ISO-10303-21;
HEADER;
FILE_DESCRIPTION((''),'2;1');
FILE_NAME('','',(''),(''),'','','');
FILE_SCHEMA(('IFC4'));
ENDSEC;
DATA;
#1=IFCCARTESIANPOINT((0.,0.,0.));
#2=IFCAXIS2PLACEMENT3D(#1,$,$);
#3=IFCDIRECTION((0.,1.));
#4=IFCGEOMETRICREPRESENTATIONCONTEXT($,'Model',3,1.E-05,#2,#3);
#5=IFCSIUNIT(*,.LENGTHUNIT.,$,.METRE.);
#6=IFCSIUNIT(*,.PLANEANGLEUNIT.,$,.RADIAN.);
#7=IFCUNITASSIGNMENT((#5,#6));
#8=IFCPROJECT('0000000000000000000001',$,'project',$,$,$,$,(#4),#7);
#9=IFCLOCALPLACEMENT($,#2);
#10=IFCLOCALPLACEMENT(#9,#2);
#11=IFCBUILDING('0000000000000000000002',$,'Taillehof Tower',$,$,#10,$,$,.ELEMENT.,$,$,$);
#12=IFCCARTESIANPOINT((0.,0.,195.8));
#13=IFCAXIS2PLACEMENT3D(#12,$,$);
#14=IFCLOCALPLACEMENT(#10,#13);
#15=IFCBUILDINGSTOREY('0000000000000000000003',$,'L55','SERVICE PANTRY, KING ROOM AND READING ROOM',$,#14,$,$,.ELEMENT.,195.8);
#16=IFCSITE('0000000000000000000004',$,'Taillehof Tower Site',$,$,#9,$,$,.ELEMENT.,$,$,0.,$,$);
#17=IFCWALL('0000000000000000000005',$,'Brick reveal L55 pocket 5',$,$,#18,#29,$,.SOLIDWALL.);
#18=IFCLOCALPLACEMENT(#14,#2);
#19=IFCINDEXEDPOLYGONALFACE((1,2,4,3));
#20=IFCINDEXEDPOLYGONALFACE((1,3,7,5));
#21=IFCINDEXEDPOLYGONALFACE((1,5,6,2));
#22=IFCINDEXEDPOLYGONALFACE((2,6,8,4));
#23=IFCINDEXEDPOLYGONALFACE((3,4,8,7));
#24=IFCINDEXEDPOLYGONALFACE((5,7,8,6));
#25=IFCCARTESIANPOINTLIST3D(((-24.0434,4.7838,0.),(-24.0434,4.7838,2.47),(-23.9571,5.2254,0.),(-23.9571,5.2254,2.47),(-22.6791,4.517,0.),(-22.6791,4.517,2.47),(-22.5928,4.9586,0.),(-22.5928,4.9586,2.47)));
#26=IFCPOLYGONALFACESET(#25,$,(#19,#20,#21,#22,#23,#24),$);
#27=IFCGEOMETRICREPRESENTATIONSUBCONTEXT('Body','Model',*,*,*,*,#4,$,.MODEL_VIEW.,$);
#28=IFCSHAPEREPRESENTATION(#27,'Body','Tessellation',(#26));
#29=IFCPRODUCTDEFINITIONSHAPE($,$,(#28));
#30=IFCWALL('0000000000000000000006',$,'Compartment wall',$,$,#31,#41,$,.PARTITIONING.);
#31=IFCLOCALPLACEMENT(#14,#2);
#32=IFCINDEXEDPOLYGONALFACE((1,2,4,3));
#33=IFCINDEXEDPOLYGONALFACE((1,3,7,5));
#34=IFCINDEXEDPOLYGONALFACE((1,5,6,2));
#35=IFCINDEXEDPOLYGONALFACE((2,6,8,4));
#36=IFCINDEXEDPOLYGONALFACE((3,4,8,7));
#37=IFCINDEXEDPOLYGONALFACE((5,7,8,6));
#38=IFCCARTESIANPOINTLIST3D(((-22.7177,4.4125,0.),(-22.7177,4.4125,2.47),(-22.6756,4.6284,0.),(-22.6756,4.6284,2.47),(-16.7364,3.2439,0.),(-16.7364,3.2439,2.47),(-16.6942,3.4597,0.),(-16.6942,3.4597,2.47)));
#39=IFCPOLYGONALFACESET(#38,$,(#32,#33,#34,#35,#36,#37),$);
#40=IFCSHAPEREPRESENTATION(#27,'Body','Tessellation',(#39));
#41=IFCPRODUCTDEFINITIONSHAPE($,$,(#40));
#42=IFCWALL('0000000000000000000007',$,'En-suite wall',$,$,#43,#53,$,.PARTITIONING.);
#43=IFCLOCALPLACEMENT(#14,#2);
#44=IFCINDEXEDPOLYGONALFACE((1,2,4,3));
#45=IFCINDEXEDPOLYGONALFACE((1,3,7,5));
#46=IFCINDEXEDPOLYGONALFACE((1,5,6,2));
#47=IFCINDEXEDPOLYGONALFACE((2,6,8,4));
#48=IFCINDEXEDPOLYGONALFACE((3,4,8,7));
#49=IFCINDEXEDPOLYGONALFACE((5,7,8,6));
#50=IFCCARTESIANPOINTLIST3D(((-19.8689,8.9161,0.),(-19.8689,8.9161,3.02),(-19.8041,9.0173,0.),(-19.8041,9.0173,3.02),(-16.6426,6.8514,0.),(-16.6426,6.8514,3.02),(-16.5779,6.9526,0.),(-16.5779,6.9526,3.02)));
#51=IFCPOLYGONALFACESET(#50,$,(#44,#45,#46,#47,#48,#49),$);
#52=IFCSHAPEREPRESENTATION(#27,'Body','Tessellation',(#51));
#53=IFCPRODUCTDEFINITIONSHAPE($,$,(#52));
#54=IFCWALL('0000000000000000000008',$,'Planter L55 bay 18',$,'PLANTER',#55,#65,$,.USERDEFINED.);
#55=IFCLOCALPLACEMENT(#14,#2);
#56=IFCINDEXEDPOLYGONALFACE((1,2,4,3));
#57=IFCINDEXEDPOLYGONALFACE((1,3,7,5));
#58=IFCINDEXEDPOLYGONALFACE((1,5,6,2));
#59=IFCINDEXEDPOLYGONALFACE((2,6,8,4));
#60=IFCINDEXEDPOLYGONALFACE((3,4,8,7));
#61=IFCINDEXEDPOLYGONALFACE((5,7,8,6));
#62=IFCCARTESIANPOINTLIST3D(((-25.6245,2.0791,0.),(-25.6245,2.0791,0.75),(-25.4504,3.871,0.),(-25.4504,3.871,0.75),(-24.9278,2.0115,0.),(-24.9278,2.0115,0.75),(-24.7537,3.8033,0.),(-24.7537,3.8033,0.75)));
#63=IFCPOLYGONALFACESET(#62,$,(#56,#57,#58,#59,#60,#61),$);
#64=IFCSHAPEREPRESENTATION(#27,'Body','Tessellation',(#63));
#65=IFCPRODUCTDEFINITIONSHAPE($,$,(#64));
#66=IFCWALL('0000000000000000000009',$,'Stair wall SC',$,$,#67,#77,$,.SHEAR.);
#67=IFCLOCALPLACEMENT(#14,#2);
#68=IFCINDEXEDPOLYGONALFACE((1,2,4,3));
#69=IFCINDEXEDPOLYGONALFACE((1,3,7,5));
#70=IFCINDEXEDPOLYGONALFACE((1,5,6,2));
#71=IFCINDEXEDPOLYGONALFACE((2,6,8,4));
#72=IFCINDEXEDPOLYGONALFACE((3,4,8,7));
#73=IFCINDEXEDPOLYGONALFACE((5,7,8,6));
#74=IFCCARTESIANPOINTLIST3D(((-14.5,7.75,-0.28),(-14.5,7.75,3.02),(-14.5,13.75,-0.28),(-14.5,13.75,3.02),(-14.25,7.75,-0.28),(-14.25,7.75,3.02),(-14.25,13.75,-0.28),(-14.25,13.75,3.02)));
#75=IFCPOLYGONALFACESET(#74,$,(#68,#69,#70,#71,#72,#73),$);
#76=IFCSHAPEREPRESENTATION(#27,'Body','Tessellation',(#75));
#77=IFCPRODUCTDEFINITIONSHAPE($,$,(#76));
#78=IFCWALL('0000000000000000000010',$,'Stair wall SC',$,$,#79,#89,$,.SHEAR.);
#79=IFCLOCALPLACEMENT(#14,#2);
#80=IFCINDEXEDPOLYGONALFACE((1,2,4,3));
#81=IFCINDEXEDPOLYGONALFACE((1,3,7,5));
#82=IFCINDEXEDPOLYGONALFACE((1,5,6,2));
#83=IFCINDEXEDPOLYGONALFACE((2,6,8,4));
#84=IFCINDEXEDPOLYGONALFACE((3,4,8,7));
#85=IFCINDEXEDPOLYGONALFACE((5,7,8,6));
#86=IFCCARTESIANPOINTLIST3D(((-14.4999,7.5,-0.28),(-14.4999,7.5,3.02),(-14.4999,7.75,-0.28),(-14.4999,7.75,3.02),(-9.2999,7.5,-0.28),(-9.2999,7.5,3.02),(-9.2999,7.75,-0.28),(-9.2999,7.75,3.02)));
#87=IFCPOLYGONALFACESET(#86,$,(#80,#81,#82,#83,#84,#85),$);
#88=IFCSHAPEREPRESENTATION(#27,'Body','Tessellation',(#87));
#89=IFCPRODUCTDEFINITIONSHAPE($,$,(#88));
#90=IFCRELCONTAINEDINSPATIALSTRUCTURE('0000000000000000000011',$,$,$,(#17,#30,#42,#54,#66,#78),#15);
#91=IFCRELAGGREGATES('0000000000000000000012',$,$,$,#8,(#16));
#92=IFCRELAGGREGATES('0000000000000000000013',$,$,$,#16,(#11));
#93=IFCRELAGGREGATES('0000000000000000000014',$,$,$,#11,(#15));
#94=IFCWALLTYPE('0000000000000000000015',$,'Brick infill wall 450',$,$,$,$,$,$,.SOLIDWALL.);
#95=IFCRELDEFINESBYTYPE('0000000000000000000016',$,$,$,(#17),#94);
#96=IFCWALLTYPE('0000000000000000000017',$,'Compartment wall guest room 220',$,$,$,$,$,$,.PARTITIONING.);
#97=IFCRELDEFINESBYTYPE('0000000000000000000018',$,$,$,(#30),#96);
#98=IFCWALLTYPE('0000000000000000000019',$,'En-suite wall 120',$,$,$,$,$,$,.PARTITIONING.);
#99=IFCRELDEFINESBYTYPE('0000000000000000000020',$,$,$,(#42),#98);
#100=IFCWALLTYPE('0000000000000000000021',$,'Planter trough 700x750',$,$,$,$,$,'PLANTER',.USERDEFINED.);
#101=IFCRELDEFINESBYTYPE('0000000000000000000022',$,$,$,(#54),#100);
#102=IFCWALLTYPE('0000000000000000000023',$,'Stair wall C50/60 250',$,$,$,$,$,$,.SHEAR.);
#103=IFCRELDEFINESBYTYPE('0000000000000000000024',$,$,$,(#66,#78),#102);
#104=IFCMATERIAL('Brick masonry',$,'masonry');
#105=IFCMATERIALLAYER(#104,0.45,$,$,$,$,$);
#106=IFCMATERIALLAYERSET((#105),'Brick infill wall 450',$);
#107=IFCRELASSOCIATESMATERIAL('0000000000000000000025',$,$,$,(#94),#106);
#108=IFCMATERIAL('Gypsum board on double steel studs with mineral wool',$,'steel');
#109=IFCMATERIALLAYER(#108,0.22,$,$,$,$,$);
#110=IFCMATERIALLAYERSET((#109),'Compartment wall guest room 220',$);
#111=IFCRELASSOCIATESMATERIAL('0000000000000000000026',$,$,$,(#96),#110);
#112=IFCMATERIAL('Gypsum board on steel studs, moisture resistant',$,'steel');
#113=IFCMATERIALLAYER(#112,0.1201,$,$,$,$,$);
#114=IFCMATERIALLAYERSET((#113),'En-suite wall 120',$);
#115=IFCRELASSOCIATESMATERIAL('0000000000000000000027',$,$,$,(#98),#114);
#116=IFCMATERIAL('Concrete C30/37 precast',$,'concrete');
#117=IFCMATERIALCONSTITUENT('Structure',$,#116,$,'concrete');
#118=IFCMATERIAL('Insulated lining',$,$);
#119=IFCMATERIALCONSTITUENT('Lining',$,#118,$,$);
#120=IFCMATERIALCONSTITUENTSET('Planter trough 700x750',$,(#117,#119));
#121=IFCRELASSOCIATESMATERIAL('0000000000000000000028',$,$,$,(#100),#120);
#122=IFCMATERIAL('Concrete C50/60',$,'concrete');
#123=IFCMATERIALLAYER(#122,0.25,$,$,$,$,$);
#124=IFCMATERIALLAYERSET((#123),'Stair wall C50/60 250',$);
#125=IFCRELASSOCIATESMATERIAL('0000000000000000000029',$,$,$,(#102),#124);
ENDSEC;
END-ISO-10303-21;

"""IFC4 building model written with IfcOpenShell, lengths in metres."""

from ifc_helpers import new_model, si_unit, direction, frame, frame_2d, origin, place, context, subcontext, project, spatial, rectangle, extrude, material, layer, layer_set, constituent, constituent_set, type_object, element, save


model = new_model("IFC4")

# Units and contexts
model_context = context("Model", 3, precision=1e-05, world=origin(), true_north=direction((0.0, 1.0)))
body_context = subcontext(model_context, "Body", "Model", "MODEL_VIEW")
ifc_project = project(units=[si_unit("LENGTHUNIT", "METRE"), si_unit("PLANEANGLEUNIT", "RADIAN")], contexts=[model_context])

# Site, building, storey
site_placement = place(None, origin())
site = spatial("IfcSite", under=ifc_project, at=site_placement, Name="Taillehof Tower Site", CompositionType="ELEMENT", RefElevation=0.0)
building_placement = place(site_placement, origin())
building = spatial("IfcBuilding", under=site, at=building_placement, Name="Taillehof Tower", CompositionType="ELEMENT")
storey_placement = place(building_placement, frame((0.0, 0.0, 195.8)))
storey = spatial("IfcBuildingStorey", under=building, at=storey_placement, Name="L55", Description="SERVICE PANTRY, KING ROOM AND READING ROOM", CompositionType="ELEMENT", Elevation=195.8)

# Shared definitions
ifc_material_1 = material(Name="Brick masonry", Category="masonry")
ifc_layer_1 = layer(ifc_material_1, 0.45)
ifc_layer_set_1 = layer_set([ifc_layer_1], Name="Brick infill wall 450")
wall_type_1 = type_object("IfcWallType", Name="Brick infill wall 450", PredefinedType="SOLIDWALL", material=ifc_layer_set_1)

# Wall
wall_1_placement = place(storey_placement, frame((-24.0002, 5.0046, 0.0), z_axis=(0.0, 0.0, 1.0), x_axis=(0.981403, -0.19196, 0.0)))
element("IfcWall", 1, at=wall_1_placement, inside=storey, type_object=wall_type_1, Name="Brick reveal L55 pocket 5", PredefinedType="SOLIDWALL", context=body_context, shape_type="SweptSolid", body=[
    extrude(rectangle(XDim=1.3901, YDim=0.45, at=frame_2d((0.6951, 0.0))), origin(), (0.0, 0.0, 1.0), 2.47),
])

# Walls
ifc_material_2 = material(Name="Gypsum board on double steel studs with mineral wool", Category="steel")
ifc_layer_2 = layer(ifc_material_2, 0.22)
ifc_layer_set_2 = layer_set([ifc_layer_2], Name="Compartment wall guest room 220")
wall_type_2 = type_object("IfcWallType", Name="Compartment wall guest room 220", PredefinedType="PARTITIONING", material=ifc_layer_set_2)
wall_2_placement = place(storey_placement, frame((-22.6968, 4.5205, 0.0), z_axis=(0.0, 0.0, 1.0), x_axis=(0.981442, -0.191762, 0.0)))
element("IfcWall", 2, at=wall_2_placement, inside=storey, type_object=wall_type_2, Name="Compartment wall", PredefinedType="PARTITIONING", context=body_context, shape_type="SweptSolid", body=[
    extrude(rectangle(XDim=6.0945, YDim=0.22, at=frame_2d((3.0474, 0.0))), origin(), (0.0, 0.0, 1.0), 2.47),
])
ifc_material_3 = material(Name="Gypsum board on steel studs, moisture resistant", Category="steel")
ifc_layer_3 = layer(ifc_material_3, 0.1201)
ifc_layer_set_3 = layer_set([ifc_layer_3], Name="En-suite wall 120")
wall_type_3 = type_object("IfcWallType", Name="En-suite wall 120", PredefinedType="PARTITIONING", material=ifc_layer_set_3)
wall_3_placement = place(storey_placement, frame((-16.6104, 6.9021, 0.0), z_axis=(0.0, 0.0, 1.0), x_axis=(-0.842289, 0.539027, 0.0)))
element("IfcWall", 3, at=wall_3_placement, inside=storey, type_object=wall_type_3, Name="En-suite wall", PredefinedType="PARTITIONING", context=body_context, shape_type="SweptSolid", body=[
    extrude(rectangle(XDim=3.8303, YDim=0.1201, at=frame_2d((1.915, 0.0))), origin(), (0.0, 0.0, 1.0), 3.02),
])
ifc_material_4 = material(Name="Concrete C30/37 precast", Category="concrete")
ifc_constituent_1 = constituent(ifc_material_4, Name="Structure", Category="concrete")
ifc_material_5 = material(Name="Insulated lining")
ifc_constituent_2 = constituent(ifc_material_5, Name="Lining")
ifc_constituent_set = constituent_set(constituents=[ifc_constituent_1, ifc_constituent_2], Name="Planter trough 700x750")
wall_type_4 = type_object("IfcWallType", Name="Planter trough 700x750", ElementType="PLANTER", PredefinedType="USERDEFINED", material=ifc_constituent_set)
wall_4_placement = place(storey_placement, frame((-25.1021, 3.8372, 0.0), z_axis=(0.0, 0.0, 1.0), x_axis=(-0.096697, -0.995314, 0.0)))
element("IfcWall", 4, at=wall_4_placement, inside=storey, type_object=wall_type_4, Name="Planter L55 bay 18", ObjectType="PLANTER", PredefinedType="USERDEFINED", context=body_context, shape_type="SweptSolid", body=[
    extrude(rectangle(XDim=1.8003, YDim=0.7, at=frame_2d((0.9001, 0.0))), origin(), (0.0, 0.0, 1.0), 0.75),
])
ifc_material_6 = material(Name="Concrete C50/60", Category="concrete")
ifc_layer_4 = layer(ifc_material_6, 0.25)
ifc_layer_set_4 = layer_set([ifc_layer_4], Name="Stair wall C50/60 250")
wall_type_5 = type_object("IfcWallType", Name="Stair wall C50/60 250", PredefinedType="SHEAR", material=ifc_layer_set_4)
wall_5_placement = place(storey_placement, frame((-14.375, 7.75, -0.28), z_axis=(0.0, 0.0, 1.0), x_axis=(0.0, 1.0, 0.0)))
element("IfcWall", 5, at=wall_5_placement, inside=storey, type_object=wall_type_5, Name="Stair wall SC", PredefinedType="SHEAR", context=body_context, shape_type="SweptSolid", body=[
    extrude(rectangle(XDim=6.0, YDim=0.25, at=frame_2d((3.0, 0.0))), origin(), (0.0, 0.0, 1.0), 3.3),
])
wall_6_placement = place(storey_placement, frame((-14.5, 7.625, -0.28), z_axis=(0.0, 0.0, 1.0), x_axis=(1.0, 0.0, 0.0)))
element("IfcWall", 6, at=wall_6_placement, inside=storey, type_object=wall_type_5, Name="Stair wall SC", PredefinedType="SHEAR", context=body_context, shape_type="SweptSolid", body=[
    extrude(rectangle(XDim=5.2, YDim=0.25, at=frame_2d((2.6001, 0.0))), origin(), (0.0, 0.0, 1.0), 3.3),
])

save(model, "model.ifc")
